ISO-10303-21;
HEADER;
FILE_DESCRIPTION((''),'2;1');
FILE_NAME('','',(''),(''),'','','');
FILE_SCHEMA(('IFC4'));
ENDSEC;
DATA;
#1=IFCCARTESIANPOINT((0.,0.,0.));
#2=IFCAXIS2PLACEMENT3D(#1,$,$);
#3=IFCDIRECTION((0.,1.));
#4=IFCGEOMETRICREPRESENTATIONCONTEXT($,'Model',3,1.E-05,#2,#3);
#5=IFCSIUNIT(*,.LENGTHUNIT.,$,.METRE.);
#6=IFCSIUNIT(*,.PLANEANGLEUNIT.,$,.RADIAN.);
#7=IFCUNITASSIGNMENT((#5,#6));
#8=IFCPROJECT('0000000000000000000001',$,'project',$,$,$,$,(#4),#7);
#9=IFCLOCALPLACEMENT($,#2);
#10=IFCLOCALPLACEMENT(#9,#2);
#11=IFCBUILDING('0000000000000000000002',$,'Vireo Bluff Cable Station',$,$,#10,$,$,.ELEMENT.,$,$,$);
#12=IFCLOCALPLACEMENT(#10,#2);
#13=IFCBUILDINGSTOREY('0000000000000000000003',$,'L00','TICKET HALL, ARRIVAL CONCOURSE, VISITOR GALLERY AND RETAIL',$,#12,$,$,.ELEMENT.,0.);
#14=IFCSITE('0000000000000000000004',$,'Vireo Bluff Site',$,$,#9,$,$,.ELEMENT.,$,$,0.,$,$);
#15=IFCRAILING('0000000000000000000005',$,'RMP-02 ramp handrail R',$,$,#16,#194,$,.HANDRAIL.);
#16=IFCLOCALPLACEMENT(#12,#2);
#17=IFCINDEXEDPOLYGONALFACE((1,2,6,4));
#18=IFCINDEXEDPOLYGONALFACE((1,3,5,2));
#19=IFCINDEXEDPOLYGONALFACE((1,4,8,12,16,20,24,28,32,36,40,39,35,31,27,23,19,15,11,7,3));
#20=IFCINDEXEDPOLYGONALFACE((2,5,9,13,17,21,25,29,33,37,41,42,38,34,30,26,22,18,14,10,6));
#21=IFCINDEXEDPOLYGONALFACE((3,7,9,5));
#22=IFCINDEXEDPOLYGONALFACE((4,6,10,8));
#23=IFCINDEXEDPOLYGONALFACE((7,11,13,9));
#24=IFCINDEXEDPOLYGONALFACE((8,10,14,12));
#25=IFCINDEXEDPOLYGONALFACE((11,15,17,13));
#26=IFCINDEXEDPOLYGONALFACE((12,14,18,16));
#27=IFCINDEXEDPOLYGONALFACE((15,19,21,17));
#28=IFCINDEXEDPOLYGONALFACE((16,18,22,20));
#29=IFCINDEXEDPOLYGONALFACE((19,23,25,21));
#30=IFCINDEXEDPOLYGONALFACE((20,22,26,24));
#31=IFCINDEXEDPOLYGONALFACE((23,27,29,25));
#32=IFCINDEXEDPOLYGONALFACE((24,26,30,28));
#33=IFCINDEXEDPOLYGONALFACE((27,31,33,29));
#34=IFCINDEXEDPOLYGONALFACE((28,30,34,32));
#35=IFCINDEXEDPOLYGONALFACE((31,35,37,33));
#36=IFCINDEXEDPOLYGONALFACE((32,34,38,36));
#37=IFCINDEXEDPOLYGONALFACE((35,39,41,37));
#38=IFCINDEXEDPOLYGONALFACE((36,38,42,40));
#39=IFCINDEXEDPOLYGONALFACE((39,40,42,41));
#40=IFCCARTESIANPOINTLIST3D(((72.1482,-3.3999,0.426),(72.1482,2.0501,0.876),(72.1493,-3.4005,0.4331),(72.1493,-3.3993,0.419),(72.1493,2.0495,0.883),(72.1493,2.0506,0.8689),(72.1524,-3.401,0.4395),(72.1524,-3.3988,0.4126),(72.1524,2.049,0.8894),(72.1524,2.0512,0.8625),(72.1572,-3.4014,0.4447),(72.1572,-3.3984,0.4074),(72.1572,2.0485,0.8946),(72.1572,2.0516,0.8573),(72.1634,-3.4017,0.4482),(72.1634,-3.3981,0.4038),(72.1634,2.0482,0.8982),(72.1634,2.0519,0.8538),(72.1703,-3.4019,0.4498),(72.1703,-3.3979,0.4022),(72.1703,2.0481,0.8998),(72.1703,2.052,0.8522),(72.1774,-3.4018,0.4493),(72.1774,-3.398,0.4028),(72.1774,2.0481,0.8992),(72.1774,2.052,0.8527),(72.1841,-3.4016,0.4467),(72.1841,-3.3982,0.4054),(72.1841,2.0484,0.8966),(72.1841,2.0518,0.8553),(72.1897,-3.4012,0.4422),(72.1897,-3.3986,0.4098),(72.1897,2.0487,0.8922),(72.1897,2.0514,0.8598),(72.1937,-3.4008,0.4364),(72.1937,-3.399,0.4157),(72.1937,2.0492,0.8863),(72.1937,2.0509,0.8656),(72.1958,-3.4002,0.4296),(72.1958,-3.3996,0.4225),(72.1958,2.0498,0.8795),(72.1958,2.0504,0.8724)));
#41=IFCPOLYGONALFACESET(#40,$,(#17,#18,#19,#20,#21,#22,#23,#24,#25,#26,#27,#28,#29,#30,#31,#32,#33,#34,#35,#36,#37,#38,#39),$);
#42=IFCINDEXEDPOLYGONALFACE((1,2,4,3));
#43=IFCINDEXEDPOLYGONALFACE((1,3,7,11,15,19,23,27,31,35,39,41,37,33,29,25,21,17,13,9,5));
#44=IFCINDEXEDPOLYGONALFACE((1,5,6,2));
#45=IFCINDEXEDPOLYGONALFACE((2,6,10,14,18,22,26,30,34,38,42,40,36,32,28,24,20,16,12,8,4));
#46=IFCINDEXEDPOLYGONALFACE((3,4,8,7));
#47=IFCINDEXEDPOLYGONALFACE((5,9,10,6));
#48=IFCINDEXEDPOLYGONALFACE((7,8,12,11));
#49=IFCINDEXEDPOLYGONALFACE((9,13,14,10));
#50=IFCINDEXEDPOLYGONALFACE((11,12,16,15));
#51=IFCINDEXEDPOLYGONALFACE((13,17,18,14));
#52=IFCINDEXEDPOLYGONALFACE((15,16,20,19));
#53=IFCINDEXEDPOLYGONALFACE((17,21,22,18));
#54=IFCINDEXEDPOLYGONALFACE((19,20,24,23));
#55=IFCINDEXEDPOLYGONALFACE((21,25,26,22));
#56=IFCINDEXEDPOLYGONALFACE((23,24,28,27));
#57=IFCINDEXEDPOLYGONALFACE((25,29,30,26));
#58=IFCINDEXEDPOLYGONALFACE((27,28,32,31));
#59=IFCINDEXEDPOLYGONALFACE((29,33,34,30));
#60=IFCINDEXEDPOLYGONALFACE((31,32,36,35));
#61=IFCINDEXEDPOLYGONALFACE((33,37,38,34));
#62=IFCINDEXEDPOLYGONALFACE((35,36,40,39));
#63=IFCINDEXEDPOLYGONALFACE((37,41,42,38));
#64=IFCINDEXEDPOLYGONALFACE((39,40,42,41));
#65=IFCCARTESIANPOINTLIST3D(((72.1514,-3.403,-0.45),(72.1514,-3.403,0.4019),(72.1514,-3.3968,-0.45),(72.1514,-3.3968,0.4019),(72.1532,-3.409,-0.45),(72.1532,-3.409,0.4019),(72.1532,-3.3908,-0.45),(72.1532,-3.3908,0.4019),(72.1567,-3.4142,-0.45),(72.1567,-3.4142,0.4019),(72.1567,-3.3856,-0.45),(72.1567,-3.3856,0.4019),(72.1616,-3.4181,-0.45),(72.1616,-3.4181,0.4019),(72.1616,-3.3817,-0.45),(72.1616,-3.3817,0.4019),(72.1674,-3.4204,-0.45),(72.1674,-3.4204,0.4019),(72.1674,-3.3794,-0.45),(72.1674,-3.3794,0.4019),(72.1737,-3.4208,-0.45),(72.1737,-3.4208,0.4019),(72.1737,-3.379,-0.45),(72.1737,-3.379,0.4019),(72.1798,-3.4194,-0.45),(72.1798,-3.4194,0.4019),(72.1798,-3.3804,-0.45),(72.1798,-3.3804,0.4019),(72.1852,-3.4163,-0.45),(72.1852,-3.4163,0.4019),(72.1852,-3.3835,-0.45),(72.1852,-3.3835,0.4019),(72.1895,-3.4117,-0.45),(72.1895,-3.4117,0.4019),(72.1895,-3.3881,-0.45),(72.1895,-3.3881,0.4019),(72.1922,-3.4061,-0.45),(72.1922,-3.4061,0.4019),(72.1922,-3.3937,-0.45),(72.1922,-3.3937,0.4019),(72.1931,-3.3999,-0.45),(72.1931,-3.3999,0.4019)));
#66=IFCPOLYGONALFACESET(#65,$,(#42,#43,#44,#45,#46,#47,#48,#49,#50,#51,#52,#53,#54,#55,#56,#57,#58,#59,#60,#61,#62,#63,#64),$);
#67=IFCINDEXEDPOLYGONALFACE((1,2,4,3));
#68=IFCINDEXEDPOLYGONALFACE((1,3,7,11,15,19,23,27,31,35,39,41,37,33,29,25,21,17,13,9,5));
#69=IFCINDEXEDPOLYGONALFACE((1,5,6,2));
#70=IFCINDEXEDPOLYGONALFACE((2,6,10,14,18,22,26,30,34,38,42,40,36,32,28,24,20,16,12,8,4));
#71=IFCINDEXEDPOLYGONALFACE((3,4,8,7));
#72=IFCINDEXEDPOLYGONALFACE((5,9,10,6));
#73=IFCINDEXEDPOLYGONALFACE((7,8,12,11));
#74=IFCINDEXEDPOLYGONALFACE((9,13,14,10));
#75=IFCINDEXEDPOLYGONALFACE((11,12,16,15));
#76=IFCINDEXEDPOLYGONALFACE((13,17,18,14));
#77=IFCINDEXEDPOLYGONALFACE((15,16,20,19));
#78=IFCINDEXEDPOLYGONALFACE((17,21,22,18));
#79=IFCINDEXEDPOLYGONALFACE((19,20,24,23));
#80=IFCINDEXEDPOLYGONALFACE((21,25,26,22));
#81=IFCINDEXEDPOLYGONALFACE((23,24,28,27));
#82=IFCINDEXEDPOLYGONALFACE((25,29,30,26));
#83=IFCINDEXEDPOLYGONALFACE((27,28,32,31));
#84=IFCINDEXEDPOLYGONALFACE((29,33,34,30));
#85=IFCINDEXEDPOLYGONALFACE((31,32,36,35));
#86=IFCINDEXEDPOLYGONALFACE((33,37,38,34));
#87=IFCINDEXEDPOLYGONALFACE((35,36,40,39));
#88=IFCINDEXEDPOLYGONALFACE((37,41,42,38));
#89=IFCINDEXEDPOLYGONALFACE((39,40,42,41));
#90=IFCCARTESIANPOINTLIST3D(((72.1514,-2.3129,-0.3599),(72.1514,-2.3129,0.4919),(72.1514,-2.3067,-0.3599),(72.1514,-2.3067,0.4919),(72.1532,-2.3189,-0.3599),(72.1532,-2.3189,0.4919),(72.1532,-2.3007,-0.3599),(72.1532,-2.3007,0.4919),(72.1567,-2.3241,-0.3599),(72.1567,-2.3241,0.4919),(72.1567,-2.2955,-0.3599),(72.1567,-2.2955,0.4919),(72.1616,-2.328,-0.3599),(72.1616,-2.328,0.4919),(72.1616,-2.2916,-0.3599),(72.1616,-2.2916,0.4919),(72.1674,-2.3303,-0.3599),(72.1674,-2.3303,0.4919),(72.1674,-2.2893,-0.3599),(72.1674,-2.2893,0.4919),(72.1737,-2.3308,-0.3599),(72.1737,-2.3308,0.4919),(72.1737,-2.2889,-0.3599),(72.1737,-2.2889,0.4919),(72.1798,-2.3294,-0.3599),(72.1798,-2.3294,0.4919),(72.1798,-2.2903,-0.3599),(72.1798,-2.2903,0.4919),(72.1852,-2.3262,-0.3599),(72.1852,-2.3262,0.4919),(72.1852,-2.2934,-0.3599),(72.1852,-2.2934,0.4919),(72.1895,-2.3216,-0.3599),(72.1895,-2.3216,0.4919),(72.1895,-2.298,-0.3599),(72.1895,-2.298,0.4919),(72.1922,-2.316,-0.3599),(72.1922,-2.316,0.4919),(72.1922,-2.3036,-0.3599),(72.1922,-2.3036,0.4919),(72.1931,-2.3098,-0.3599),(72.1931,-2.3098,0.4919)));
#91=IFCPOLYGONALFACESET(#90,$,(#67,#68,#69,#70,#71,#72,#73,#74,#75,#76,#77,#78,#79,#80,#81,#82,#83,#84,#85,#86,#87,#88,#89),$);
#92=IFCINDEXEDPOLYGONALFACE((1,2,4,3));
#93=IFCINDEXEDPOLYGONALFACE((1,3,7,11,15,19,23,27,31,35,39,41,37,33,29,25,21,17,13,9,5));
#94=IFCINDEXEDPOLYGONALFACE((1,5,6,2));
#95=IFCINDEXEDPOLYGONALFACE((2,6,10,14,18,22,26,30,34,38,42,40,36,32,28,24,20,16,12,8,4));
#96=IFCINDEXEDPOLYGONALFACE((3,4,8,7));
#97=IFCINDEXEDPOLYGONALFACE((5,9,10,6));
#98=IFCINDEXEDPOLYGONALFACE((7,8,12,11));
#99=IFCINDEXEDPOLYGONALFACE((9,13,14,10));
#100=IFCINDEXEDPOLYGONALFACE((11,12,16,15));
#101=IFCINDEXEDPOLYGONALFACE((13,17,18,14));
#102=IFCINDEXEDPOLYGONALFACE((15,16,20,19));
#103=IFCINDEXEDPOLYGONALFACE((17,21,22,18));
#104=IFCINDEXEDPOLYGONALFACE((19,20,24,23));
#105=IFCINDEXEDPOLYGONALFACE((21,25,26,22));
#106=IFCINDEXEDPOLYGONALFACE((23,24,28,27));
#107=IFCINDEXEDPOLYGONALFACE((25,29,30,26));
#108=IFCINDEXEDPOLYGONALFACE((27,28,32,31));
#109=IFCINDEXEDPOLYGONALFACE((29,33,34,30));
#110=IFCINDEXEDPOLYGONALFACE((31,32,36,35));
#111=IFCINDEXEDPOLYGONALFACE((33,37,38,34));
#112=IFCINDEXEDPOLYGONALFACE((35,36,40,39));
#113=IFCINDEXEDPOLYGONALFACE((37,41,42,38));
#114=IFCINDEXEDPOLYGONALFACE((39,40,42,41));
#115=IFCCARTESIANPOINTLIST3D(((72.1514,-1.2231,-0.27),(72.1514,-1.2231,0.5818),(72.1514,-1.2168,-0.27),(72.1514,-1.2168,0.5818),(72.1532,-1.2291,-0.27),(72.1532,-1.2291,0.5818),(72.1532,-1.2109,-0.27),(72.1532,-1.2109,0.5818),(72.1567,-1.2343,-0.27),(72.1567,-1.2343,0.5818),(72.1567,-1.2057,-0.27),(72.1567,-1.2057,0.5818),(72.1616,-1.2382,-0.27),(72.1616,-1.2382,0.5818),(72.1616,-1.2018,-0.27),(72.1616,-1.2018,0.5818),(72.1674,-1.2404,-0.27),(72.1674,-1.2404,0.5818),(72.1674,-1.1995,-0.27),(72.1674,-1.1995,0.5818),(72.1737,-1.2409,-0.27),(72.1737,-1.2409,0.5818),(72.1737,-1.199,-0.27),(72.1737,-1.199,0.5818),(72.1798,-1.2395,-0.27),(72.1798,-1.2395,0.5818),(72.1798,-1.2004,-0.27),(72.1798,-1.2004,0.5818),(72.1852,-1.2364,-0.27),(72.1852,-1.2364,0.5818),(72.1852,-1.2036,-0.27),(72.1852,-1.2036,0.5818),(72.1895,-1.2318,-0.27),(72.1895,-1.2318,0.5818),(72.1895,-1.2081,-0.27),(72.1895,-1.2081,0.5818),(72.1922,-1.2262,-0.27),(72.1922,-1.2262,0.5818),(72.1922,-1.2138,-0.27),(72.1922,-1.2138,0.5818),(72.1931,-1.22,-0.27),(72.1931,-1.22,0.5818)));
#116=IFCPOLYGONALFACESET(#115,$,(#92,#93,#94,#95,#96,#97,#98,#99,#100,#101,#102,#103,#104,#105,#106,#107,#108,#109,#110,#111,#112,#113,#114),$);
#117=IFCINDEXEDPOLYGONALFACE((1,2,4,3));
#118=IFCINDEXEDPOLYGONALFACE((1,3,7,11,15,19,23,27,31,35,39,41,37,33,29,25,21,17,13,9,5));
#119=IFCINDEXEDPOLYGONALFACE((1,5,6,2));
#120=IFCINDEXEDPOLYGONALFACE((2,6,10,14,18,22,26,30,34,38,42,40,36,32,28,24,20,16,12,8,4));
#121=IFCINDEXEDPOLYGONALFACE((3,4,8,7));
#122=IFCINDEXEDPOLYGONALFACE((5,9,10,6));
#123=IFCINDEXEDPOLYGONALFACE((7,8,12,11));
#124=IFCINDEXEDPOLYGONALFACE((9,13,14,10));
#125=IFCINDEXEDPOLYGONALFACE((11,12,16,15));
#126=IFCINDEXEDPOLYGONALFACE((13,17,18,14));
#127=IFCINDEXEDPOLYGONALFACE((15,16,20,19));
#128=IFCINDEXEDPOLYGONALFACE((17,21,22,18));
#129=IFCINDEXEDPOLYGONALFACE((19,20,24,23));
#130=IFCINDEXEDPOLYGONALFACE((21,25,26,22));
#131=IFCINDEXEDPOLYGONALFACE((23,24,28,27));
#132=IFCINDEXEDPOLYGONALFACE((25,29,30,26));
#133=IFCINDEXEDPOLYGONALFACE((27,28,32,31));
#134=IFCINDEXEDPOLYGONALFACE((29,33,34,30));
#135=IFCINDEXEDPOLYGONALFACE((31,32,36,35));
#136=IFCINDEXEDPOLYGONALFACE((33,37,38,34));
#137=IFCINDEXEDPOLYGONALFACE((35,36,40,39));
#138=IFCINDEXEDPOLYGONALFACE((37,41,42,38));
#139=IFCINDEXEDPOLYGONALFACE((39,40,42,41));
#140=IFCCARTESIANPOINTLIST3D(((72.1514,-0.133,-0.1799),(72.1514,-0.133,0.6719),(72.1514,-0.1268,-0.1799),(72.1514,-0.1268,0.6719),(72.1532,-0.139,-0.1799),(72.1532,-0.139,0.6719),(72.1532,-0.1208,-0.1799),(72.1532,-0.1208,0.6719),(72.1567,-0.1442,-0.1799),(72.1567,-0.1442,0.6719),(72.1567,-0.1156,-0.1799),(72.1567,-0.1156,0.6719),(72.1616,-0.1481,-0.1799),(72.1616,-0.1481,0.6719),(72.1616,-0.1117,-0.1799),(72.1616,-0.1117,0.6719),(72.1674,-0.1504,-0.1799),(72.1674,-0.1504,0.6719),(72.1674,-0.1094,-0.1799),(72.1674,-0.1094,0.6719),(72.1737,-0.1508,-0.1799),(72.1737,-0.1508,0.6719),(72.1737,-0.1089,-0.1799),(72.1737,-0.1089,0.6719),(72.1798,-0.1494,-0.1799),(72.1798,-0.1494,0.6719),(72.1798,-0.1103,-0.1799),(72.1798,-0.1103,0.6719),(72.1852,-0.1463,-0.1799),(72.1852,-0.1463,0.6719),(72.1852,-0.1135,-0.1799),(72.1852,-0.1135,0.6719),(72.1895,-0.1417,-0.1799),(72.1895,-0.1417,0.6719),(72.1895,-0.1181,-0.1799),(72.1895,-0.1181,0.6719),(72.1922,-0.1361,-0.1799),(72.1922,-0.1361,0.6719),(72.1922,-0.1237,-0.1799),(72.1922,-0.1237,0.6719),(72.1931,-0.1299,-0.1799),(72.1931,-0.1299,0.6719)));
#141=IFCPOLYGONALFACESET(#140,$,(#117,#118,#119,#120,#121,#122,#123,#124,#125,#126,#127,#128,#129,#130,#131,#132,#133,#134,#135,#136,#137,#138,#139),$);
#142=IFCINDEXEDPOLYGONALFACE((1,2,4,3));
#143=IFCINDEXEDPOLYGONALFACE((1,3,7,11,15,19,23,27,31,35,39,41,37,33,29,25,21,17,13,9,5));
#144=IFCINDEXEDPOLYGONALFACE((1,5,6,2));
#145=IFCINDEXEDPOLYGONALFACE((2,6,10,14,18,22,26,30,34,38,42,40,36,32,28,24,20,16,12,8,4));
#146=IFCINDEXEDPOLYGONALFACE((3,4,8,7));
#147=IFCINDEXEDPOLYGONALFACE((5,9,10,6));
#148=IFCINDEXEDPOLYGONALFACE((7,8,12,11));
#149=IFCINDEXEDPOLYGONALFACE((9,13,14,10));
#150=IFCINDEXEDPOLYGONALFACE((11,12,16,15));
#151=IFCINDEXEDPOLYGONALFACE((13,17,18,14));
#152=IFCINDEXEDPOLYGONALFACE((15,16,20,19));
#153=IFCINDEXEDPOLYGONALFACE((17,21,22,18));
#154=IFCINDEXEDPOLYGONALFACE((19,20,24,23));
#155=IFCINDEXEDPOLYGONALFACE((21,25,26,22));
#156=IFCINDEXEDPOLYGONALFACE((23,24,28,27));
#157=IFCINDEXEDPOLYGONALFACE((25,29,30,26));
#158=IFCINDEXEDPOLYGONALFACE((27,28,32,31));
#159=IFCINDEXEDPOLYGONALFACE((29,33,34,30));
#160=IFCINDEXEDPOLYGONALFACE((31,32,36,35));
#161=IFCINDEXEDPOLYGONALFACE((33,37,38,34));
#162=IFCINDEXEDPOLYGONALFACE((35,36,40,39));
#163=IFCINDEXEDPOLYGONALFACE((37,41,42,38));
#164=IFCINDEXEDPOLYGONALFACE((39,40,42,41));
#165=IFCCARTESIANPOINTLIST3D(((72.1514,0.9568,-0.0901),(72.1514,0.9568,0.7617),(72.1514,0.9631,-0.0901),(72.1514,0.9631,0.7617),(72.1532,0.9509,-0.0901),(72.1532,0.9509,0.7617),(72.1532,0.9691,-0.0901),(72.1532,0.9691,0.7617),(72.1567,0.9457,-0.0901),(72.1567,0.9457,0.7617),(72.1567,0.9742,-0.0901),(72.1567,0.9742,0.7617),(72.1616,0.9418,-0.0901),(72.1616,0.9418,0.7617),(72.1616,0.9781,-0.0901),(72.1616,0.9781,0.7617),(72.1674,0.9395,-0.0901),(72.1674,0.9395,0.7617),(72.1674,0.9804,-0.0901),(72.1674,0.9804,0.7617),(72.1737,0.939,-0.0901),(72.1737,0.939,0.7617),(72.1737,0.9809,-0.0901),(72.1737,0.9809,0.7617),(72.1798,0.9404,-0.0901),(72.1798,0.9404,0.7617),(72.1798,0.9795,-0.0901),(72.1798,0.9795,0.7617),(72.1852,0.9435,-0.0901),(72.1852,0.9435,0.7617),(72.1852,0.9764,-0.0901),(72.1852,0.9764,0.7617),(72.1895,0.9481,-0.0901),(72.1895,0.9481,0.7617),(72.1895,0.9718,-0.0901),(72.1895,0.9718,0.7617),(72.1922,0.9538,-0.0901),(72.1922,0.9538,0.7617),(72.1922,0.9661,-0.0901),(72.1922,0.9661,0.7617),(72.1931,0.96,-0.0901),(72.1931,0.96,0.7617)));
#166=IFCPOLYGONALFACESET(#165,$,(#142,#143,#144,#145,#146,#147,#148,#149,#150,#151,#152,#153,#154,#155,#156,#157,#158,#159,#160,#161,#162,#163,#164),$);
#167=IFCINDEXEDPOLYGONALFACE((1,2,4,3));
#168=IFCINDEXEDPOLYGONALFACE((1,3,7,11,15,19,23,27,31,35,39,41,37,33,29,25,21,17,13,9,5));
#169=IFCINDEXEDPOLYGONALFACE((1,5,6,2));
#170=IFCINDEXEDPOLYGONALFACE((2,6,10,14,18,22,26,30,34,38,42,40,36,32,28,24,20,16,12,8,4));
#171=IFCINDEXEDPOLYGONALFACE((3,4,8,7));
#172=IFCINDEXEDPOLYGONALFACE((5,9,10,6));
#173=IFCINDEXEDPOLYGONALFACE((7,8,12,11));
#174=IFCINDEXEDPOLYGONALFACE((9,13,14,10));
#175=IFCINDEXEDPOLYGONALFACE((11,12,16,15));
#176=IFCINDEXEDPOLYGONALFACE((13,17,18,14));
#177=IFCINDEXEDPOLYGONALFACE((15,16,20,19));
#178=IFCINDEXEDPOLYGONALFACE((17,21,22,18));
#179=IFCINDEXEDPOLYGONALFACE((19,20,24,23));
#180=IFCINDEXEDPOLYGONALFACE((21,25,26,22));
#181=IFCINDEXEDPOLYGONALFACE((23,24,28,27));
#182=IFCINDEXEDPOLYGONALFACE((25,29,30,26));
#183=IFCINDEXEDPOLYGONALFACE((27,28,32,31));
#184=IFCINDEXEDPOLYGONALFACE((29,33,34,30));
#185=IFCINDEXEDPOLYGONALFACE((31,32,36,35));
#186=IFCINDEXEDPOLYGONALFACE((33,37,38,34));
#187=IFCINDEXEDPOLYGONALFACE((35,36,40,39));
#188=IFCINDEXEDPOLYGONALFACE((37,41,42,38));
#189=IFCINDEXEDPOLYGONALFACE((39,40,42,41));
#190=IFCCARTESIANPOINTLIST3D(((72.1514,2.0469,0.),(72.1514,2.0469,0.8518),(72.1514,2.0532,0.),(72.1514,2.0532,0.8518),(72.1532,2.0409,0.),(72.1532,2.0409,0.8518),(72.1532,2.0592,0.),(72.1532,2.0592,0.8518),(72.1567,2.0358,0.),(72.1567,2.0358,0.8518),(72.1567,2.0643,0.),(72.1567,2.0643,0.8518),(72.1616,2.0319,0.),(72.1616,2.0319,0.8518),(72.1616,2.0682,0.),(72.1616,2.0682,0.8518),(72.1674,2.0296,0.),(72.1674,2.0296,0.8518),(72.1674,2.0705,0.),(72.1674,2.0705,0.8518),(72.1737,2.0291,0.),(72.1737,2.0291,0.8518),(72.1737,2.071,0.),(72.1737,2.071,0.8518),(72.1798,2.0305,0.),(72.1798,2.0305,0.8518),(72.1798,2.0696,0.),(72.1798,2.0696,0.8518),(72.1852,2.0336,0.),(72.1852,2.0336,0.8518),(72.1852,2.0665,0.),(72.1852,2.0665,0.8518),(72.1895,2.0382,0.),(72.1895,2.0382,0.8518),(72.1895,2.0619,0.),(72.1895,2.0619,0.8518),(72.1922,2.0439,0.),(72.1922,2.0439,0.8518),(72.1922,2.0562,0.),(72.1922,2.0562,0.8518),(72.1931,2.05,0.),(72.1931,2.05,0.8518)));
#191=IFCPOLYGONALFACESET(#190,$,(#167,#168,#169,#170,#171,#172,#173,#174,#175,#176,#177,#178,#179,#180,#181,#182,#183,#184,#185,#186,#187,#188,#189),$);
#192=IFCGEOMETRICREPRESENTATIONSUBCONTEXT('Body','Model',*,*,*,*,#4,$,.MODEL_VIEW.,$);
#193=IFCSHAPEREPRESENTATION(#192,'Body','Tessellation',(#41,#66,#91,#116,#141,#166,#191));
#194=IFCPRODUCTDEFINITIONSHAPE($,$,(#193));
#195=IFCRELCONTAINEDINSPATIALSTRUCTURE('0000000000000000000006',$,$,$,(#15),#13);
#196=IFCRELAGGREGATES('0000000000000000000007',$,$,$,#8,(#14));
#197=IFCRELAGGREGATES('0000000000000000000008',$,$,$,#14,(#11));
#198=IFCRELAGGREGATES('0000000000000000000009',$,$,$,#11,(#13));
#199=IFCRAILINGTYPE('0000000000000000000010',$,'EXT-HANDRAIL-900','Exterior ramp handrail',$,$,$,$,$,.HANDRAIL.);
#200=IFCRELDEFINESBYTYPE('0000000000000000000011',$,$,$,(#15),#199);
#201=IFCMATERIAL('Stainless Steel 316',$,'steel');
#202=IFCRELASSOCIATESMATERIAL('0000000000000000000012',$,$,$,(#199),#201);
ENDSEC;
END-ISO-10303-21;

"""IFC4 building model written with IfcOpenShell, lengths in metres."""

from ifc_helpers import new_model, si_unit, direction, frame, origin, origin_2d, place, context, subcontext, project, spatial, circle, extrude, material, type_object, element, save


model = new_model("IFC4")

# Units and contexts
model_context = context("Model", 3, precision=1e-05, world=origin(), true_north=direction((0.0, 1.0)))
body_context = subcontext(model_context, "Body", "Model", "MODEL_VIEW")
ifc_project = project(units=[si_unit("LENGTHUNIT", "METRE"), si_unit("PLANEANGLEUNIT", "RADIAN")], contexts=[model_context])

# Site, building, storey
site_placement = place(None, origin())
site = spatial("IfcSite", under=ifc_project, at=site_placement, Name="Vireo Bluff Site", CompositionType="ELEMENT", RefElevation=0.0)
building_placement = place(site_placement, origin())
building = spatial("IfcBuilding", under=site, at=building_placement, Name="Vireo Bluff Cable Station", CompositionType="ELEMENT")
storey_placement = place(building_placement, origin())
storey = spatial("IfcBuildingStorey", under=building, at=storey_placement, Name="L00", Description="TICKET HALL, ARRIVAL CONCOURSE, VISITOR GALLERY AND RETAIL", CompositionType="ELEMENT", Elevation=0.0)

# Railing
ifc_material_1 = material(Name="Stainless Steel 316", Category="steel")
railing_type = type_object("IfcRailingType", Name="EXT-HANDRAIL-900", Description="Exterior ramp handrail", PredefinedType="HANDRAIL", material=ifc_material_1)
for number, where, name in (
    (1, (72.1721, -3.3999, -0.45), "RMP-02 ramp handrail R"),
):
    element("IfcRailing", number, at=place(storey_placement, frame(where)), inside=storey, type_object=railing_type, Name=name, PredefinedType="HANDRAIL", context=body_context, shape_type="SweptSolid", body=[
        extrude(circle(Radius=0.0239, at=origin_2d()), frame((0.0, 0.0, 0.876), z_axis=(0.0, 0.996609, 0.082281), x_axis=(-1.0, 0.0, 0.0)), (0.0, 0.0, 1.0), 5.4685),
        extrude(circle(Radius=0.021, at=origin_2d()), origin(), (0.0, 0.0, 1.0), 0.8518),
        extrude(circle(Radius=0.021, at=origin_2d()), frame((0.0, 1.0901, 0.0901)), (0.0, 0.0, 1.0), 0.8518),
        extrude(circle(Radius=0.021, at=origin_2d()), frame((0.0, 2.1799, 0.1799)), (0.0, 0.0, 1.0), 0.8518),
        extrude(circle(Radius=0.021, at=origin_2d()), frame((0.0, 3.27, 0.27)), (0.0, 0.0, 1.0), 0.8518),
        extrude(circle(Radius=0.021, at=origin_2d()), frame((0.0, 4.3599, 0.3599)), (0.0, 0.0, 1.0), 0.8518),
        extrude(circle(Radius=0.021, at=origin_2d()), frame((0.0, 5.45, 0.45)), (0.0, 0.0, 1.0), 0.8518),
    ])

save(model, "model.ifc")
